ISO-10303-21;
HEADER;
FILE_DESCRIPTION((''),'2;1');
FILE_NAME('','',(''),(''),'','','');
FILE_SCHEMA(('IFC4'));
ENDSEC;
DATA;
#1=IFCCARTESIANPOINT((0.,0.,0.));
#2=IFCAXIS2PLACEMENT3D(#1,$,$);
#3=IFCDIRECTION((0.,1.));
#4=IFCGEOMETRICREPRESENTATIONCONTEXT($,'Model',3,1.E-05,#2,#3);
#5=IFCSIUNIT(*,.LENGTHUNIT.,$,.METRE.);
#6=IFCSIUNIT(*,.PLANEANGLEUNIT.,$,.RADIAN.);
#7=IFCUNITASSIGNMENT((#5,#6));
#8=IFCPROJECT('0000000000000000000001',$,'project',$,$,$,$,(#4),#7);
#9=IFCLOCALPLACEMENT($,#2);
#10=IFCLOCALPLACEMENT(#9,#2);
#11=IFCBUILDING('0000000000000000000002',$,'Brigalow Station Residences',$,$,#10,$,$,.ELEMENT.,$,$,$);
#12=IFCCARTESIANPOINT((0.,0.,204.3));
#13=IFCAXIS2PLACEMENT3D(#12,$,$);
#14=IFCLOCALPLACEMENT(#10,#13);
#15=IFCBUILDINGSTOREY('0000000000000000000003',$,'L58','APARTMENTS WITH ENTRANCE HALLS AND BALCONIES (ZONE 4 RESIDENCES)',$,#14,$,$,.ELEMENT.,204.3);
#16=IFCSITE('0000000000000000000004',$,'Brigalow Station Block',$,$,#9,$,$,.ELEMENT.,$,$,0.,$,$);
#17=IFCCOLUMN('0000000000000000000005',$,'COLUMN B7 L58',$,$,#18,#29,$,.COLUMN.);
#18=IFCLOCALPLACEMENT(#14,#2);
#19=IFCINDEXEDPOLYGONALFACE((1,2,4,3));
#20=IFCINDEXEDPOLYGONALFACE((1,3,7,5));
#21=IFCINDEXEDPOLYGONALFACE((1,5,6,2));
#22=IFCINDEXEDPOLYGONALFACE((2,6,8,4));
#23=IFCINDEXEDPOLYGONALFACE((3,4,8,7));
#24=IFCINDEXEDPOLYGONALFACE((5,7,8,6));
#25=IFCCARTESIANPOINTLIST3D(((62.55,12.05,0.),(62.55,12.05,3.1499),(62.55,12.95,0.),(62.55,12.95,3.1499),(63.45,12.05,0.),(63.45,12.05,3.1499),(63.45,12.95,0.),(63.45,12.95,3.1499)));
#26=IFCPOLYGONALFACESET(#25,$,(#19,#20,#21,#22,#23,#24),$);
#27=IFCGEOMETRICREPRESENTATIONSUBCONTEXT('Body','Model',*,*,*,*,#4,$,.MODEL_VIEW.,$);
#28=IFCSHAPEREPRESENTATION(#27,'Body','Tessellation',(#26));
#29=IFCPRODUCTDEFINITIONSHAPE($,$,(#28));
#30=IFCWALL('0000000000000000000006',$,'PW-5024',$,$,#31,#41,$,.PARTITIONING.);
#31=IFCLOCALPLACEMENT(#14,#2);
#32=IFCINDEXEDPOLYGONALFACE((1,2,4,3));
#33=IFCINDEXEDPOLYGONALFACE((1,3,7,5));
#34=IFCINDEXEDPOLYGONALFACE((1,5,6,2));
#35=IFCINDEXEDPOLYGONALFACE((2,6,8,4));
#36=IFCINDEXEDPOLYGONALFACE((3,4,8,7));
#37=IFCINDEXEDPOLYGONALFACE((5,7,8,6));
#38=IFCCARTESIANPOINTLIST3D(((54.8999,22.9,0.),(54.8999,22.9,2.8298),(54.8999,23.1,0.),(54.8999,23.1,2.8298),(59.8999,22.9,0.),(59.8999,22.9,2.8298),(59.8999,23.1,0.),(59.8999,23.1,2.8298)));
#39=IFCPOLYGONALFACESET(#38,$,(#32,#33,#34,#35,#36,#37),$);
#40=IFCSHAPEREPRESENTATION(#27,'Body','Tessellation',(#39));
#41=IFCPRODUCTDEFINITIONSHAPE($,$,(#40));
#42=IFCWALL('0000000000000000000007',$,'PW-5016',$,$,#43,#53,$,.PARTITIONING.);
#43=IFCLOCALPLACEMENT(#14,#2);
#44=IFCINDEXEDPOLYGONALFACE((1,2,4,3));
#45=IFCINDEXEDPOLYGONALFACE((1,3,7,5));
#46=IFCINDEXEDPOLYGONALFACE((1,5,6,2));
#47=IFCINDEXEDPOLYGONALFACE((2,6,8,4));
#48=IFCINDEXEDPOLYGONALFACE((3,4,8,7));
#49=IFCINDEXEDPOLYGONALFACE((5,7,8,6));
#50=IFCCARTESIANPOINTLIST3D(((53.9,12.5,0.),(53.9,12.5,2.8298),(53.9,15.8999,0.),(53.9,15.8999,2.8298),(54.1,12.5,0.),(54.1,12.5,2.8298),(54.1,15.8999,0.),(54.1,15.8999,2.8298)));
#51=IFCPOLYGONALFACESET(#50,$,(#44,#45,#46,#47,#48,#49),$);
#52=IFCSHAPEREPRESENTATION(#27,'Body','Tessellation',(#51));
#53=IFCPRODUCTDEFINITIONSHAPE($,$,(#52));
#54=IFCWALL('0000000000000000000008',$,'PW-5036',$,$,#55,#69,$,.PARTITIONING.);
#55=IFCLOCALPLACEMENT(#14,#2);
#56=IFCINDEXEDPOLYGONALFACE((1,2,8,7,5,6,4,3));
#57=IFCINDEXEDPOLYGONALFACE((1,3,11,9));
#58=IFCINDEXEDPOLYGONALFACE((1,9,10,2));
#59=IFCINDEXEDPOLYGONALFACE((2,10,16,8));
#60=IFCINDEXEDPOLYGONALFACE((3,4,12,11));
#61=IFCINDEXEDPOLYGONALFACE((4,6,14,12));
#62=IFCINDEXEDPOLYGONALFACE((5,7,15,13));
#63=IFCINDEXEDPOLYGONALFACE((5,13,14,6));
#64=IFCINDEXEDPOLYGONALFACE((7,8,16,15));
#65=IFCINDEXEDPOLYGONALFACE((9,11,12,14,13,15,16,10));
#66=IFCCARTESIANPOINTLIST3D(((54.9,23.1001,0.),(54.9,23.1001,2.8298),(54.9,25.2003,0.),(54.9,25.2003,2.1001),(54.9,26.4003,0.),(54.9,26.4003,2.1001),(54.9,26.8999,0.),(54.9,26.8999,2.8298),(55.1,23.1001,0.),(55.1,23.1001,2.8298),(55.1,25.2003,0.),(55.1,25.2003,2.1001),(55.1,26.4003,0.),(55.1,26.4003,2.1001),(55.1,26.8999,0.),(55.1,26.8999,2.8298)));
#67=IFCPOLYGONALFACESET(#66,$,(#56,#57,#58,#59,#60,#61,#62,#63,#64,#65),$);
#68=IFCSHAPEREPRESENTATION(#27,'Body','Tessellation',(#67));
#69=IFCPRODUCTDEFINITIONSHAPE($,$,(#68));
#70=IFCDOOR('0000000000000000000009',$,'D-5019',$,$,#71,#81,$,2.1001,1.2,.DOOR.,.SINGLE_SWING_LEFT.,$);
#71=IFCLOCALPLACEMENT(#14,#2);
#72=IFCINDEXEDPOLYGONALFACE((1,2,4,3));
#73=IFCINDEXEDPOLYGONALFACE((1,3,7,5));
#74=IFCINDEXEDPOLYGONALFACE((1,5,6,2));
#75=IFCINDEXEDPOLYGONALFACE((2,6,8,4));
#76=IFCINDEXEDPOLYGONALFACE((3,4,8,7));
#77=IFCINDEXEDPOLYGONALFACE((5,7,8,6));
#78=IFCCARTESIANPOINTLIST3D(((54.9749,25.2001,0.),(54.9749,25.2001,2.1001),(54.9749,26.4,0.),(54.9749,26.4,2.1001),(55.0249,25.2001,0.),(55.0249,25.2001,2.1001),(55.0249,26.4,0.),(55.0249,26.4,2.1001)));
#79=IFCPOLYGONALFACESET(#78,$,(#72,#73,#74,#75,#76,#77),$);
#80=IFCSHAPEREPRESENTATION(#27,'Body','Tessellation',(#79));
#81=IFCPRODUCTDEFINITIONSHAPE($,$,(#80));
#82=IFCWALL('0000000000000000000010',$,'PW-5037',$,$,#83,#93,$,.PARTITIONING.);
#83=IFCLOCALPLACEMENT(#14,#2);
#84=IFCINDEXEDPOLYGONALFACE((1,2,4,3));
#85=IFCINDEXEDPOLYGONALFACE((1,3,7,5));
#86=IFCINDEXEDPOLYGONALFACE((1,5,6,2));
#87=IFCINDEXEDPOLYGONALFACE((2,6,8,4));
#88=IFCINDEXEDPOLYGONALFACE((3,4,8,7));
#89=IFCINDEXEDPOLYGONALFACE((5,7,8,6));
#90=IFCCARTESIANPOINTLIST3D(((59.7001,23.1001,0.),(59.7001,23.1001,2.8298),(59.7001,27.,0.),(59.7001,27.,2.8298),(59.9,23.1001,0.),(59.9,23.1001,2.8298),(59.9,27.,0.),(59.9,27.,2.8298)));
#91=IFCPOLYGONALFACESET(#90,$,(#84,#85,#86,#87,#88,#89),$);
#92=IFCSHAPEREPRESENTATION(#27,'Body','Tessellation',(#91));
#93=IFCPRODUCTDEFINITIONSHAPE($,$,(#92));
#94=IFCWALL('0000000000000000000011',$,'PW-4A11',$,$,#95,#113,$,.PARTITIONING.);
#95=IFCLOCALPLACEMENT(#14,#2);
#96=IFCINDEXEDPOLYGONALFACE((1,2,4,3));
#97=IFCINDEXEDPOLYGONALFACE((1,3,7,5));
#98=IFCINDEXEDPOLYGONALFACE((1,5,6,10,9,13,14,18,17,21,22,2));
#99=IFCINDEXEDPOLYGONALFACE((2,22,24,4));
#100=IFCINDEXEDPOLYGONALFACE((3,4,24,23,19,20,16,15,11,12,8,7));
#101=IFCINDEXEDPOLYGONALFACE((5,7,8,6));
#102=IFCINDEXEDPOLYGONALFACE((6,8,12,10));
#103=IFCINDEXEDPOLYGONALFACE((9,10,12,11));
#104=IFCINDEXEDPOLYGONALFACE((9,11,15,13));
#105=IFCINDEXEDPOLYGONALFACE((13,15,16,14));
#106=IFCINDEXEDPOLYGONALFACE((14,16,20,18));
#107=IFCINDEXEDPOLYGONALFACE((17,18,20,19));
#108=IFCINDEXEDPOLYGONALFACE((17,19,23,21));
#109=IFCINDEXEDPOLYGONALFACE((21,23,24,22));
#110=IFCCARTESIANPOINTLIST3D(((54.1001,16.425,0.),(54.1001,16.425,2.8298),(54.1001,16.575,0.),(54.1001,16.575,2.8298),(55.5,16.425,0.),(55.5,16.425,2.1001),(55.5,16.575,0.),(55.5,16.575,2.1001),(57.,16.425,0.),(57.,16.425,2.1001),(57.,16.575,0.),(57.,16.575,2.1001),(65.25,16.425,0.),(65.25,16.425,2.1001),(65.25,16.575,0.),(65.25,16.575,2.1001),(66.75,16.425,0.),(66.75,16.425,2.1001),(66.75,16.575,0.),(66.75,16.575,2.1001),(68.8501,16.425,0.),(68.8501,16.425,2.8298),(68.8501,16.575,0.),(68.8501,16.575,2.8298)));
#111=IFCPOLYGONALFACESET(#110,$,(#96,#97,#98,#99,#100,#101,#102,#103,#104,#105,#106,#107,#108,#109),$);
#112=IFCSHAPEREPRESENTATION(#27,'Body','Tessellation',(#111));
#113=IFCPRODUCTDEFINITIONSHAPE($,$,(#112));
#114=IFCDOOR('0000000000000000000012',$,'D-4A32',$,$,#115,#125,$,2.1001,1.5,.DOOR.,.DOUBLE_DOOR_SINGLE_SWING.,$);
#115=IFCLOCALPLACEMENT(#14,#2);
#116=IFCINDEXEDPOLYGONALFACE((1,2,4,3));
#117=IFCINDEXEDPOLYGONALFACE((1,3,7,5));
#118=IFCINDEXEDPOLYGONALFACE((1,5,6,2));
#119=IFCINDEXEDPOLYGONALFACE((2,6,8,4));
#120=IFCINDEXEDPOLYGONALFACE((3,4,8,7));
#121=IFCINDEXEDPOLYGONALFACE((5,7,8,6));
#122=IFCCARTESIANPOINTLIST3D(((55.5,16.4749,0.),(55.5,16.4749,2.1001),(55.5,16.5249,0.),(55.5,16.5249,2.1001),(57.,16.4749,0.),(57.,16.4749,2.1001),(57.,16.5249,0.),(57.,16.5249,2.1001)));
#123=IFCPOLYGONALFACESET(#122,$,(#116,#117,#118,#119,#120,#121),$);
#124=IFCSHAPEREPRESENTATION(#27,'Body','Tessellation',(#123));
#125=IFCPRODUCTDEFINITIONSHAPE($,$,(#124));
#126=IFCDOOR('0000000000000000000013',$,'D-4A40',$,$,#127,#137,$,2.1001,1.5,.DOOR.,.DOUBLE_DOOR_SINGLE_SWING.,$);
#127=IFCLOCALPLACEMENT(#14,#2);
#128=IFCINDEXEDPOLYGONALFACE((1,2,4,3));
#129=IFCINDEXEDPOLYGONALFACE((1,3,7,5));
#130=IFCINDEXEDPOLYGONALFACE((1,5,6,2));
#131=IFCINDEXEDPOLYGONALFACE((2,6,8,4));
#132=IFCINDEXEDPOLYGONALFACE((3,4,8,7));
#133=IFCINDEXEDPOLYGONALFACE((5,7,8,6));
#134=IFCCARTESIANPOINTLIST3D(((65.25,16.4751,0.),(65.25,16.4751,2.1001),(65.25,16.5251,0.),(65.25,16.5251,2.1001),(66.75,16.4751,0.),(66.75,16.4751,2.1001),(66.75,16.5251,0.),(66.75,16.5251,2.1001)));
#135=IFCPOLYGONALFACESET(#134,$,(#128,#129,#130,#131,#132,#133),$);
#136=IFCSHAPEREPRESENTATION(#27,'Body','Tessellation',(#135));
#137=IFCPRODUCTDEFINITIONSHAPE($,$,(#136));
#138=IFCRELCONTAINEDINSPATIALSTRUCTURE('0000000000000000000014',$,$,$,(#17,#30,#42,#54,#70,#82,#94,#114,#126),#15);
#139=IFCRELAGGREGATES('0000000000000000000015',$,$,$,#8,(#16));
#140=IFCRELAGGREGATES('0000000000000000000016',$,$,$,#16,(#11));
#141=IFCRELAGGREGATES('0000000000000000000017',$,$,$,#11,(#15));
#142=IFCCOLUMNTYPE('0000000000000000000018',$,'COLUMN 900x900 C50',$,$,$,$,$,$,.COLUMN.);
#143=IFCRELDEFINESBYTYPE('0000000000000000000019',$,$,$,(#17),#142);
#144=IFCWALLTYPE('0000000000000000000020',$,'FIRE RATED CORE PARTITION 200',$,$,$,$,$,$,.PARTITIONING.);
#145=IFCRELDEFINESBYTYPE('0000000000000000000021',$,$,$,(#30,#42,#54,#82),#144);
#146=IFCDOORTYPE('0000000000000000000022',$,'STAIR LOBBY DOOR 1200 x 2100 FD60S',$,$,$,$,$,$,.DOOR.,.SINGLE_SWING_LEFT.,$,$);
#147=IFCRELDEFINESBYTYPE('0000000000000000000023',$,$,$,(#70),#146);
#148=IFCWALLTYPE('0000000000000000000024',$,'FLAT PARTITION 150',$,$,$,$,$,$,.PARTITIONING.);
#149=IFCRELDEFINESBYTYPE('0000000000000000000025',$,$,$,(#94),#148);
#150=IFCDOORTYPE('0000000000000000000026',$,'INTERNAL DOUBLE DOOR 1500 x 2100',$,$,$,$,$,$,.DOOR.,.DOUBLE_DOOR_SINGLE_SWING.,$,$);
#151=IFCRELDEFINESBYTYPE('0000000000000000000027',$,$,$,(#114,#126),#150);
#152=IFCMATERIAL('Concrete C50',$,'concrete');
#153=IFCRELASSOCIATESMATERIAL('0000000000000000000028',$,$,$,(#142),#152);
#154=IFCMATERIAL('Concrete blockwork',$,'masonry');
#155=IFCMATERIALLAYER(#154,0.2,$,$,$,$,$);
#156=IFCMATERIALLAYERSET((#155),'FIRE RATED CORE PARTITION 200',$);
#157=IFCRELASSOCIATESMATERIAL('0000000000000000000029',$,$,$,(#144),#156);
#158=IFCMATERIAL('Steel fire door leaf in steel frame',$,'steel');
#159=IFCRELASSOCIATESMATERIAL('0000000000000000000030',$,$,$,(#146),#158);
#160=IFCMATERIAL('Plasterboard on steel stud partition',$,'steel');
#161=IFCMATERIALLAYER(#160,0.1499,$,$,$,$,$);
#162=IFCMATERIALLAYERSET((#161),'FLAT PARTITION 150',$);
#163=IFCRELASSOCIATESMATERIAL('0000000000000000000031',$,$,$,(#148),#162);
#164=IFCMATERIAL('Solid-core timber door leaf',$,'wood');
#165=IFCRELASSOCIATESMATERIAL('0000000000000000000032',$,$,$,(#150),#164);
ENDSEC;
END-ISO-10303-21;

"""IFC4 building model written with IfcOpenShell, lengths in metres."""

from ifc_helpers import new_model, si_unit, direction, frame, frame_2d, origin, origin_2d, place, context, subcontext, project, spatial, rectangle, extrude, material, layer, layer_set, material_profile, profile_set, type_object, element, fill, save


model = new_model("IFC4")

# Units and contexts
model_context = context("Model", 3, precision=1e-05, world=origin(), true_north=direction((0.0, 1.0)))
body_context = subcontext(model_context, "Body", "Model", "MODEL_VIEW")
ifc_project = project(units=[si_unit("LENGTHUNIT", "METRE"), si_unit("PLANEANGLEUNIT", "RADIAN")], contexts=[model_context])

# Site, building, storey
site_placement = place(None, origin())
site = spatial("IfcSite", under=ifc_project, at=site_placement, Name="Brigalow Station Block", CompositionType="ELEMENT", RefElevation=0.0)
building_placement = place(site_placement, origin())
building = spatial("IfcBuilding", under=site, at=building_placement, Name="Brigalow Station Residences", CompositionType="ELEMENT")
storey_placement = place(building_placement, frame((0.0, 0.0, 204.3)))
storey = spatial("IfcBuildingStorey", under=building, at=storey_placement, Name="L58", Description="APARTMENTS WITH ENTRANCE HALLS AND BALCONIES (ZONE 4 RESIDENCES)", CompositionType="ELEMENT", Elevation=204.3)

# Column
ifc_material_1 = material(Name="Concrete C50", Category="concrete")
ifc_material_profile = material_profile(ifc_material_1, rectangle(XDim=0.8999, YDim=0.8999, at=origin_2d()), Name="RC900x900")
ifc_profile_set = profile_set([ifc_material_profile], Name="Concrete C50")
column_type = type_object("IfcColumnType", Name="COLUMN 900x900 C50", PredefinedType="COLUMN", material=ifc_profile_set)
column_placement = place(storey_placement, frame((63.0, 12.5, 0.0), z_axis=(0.0, 0.0, 1.0), x_axis=(1.0, 0.0, 0.0)))
element("IfcColumn", 1, at=column_placement, inside=storey, type_object=column_type, Name="COLUMN B7 L58", PredefinedType="COLUMN", context=body_context, shape_type="SweptSolid", body=[
    extrude(rectangle(XDim=0.8999, YDim=0.8999, at=origin_2d()), origin(), (0.0, 0.0, 1.0), 3.1499),
])

# Walls
ifc_material_2 = material(Name="Concrete blockwork", Category="masonry")
ifc_layer_1 = layer(ifc_material_2, 0.2)
ifc_layer_set_1 = layer_set([ifc_layer_1], Name="FIRE RATED CORE PARTITION 200")
wall_type_1 = type_object("IfcWallType", Name="FIRE RATED CORE PARTITION 200", PredefinedType="PARTITIONING", material=ifc_layer_set_1)
wall_1_placement = place(storey_placement, frame((54.8999, 23.0, 0.0), z_axis=(0.0, 0.0, 1.0), x_axis=(1.0, 0.0, 0.0)))
element("IfcWall", 2, at=wall_1_placement, inside=storey, type_object=wall_type_1, Name="PW-5024", PredefinedType="PARTITIONING", context=body_context, shape_type="SweptSolid", body=[
    extrude(rectangle(XDim=5.0, YDim=0.2, at=frame_2d((2.5, 0.0))), origin(), (0.0, 0.0, 1.0), 2.8298),
])
wall_2_placement = place(storey_placement, frame((54.0, 12.5, 0.0), z_axis=(0.0, 0.0, 1.0), x_axis=(0.0, 1.0, 0.0)))
element("IfcWall", 3, at=wall_2_placement, inside=storey, type_object=wall_type_1, Name="PW-5016", PredefinedType="PARTITIONING", context=body_context, shape_type="SweptSolid", body=[
    extrude(rectangle(XDim=3.3999, YDim=0.2, at=frame_2d((1.7, 0.0))), origin(), (0.0, 0.0, 1.0), 2.8298),
])

# Wall, opening, door
wall_3_placement = place(storey_placement, frame((55.0, 23.1001, 0.0), z_axis=(0.0, 0.0, 1.0), x_axis=(0.0, 1.0, 0.0)))
wall_3 = element("IfcWall", 4, at=wall_3_placement, inside=storey, type_object=wall_type_1, Name="PW-5036", PredefinedType="PARTITIONING", context=body_context, shape_type="SweptSolid", body=[
    extrude(rectangle(XDim=3.7998, YDim=0.2, at=frame_2d((1.8999, 0.0))), origin(), (0.0, 0.0, 1.0), 2.8298),
])
opening_1_placement = place(wall_3_placement, frame((2.1001, 0.0, 0.0)))
opening_1 = element("IfcOpeningElement", 5, at=opening_1_placement, cuts=wall_3, PredefinedType="OPENING", context=body_context, shape_type="SweptSolid", body=[
    extrude(rectangle(XDim=1.2, YDim=2.1001, at=frame_2d((0.6001, 1.05))), frame((0.0, 0.1099, 0.0), z_axis=(0.0, -1.0, 0.0), x_axis=(1.0, 0.0, 0.0)), (0.0, 0.0, 1.0), 0.22),
])
ifc_material_3 = material(Name="Steel fire door leaf in steel frame", Category="steel")
door_type_1 = type_object("IfcDoorType", Name="STAIR LOBBY DOOR 1200 x 2100 FD60S", OperationType="SINGLE_SWING_LEFT", PredefinedType="DOOR", material=ifc_material_3)
door_1_placement = place(opening_1_placement, frame((1.2, 0.0, 0.0), z_axis=(0.0, 0.0, 1.0), x_axis=(-1.0, 0.0, 0.0)))
door_1 = element("IfcDoor", 6, at=door_1_placement, inside=storey, type_object=door_type_1, Name="D-5019", OperationType="SINGLE_SWING_LEFT", OverallHeight=2.1001, OverallWidth=1.2, PredefinedType="DOOR", context=body_context, shape_type="SweptSolid", body=[
    extrude(rectangle(XDim=1.2, YDim=2.1001, at=frame_2d((0.6001, 1.05))), frame((0.0, 0.0249, 0.0), z_axis=(0.0, -1.0, 0.0), x_axis=(1.0, 0.0, 0.0)), (0.0, 0.0, 1.0), 0.05),
])
fill(opening_1, door_1)

# Wall
wall_4_placement = place(storey_placement, frame((59.8, 23.1001, 0.0), z_axis=(0.0, 0.0, 1.0), x_axis=(0.0, 1.0, 0.0)))
element("IfcWall", 7, at=wall_4_placement, inside=storey, type_object=wall_type_1, Name="PW-5037", PredefinedType="PARTITIONING", context=body_context, shape_type="SweptSolid", body=[
    extrude(rectangle(XDim=3.8999, YDim=0.2, at=frame_2d((1.95, 0.0))), origin(), (0.0, 0.0, 1.0), 2.8298),
])

# Wall, openings, doors
ifc_material_4 = material(Name="Plasterboard on steel stud partition", Category="steel")
ifc_layer_2 = layer(ifc_material_4, 0.1499)
ifc_layer_set_2 = layer_set([ifc_layer_2], Name="FLAT PARTITION 150")
wall_type_2 = type_object("IfcWallType", Name="FLAT PARTITION 150", PredefinedType="PARTITIONING", material=ifc_layer_set_2)
wall_5_placement = place(storey_placement, frame((54.1001, 16.5, 0.0), z_axis=(0.0, 0.0, 1.0), x_axis=(1.0, 0.0, 0.0)))
wall_5 = element("IfcWall", 8, at=wall_5_placement, inside=storey, type_object=wall_type_2, Name="PW-4A11", PredefinedType="PARTITIONING", context=body_context, shape_type="SweptSolid", body=[
    extrude(rectangle(XDim=14.75, YDim=0.1499, at=frame_2d((7.375, 0.0))), origin(), (0.0, 0.0, 1.0), 2.8298),
])
opening_2_placement = place(wall_5_placement, frame((1.3999, 0.0, 0.0)))
opening_2 = element("IfcOpeningElement", 9, at=opening_2_placement, cuts=wall_5, PredefinedType="OPENING", context=body_context, shape_type="SweptSolid", body=[
    extrude(rectangle(XDim=1.5, YDim=2.1001, at=frame_2d((0.75, 1.05))), frame((0.0, 0.085, 0.0), z_axis=(0.0, -1.0, 0.0), x_axis=(1.0, 0.0, 0.0)), (0.0, 0.0, 1.0), 0.1699),
])
opening_3_placement = place(wall_5_placement, frame((11.1499, 0.0, 0.0)))
opening_3 = element("IfcOpeningElement", 10, at=opening_3_placement, cuts=wall_5, PredefinedType="OPENING", context=body_context, shape_type="SweptSolid", body=[
    extrude(rectangle(XDim=1.5, YDim=2.1001, at=frame_2d((0.75, 1.05))), frame((0.0, 0.085, 0.0), z_axis=(0.0, -1.0, 0.0), x_axis=(1.0, 0.0, 0.0)), (0.0, 0.0, 1.0), 0.1699),
])
ifc_material_5 = material(Name="Solid-core timber door leaf", Category="wood")
door_type_2 = type_object("IfcDoorType", Name="INTERNAL DOUBLE DOOR 1500 x 2100", OperationType="DOUBLE_DOOR_SINGLE_SWING", PredefinedType="DOOR", material=ifc_material_5)
door_2_placement = place(opening_2_placement, origin())
door_2 = element("IfcDoor", 11, at=door_2_placement, inside=storey, type_object=door_type_2, Name="D-4A32", OperationType="DOUBLE_DOOR_SINGLE_SWING", OverallHeight=2.1001, OverallWidth=1.5, PredefinedType="DOOR", context=body_context, shape_type="SweptSolid", body=[
    extrude(rectangle(XDim=1.5, YDim=2.1001, at=frame_2d((0.75, 1.05))), frame((0.0, 0.0249, 0.0), z_axis=(0.0, -1.0, 0.0), x_axis=(1.0, 0.0, 0.0)), (0.0, 0.0, 1.0), 0.05),
])
fill(opening_2, door_2)
door_3_placement = place(opening_3_placement, frame((1.5, 0.0, 0.0), z_axis=(0.0, 0.0, 1.0), x_axis=(-1.0, 0.0, 0.0)))
door_3 = element("IfcDoor", 12, at=door_3_placement, inside=storey, type_object=door_type_2, Name="D-4A40", OperationType="DOUBLE_DOOR_SINGLE_SWING", OverallHeight=2.1001, OverallWidth=1.5, PredefinedType="DOOR", context=body_context, shape_type="SweptSolid", body=[
    extrude(rectangle(XDim=1.5, YDim=2.1001, at=frame_2d((0.75, 1.05))), frame((0.0, 0.0249, 0.0), z_axis=(0.0, -1.0, 0.0), x_axis=(1.0, 0.0, 0.0)), (0.0, 0.0, 1.0), 0.05),
])
fill(opening_3, door_3)

save(model, "model.ifc")
